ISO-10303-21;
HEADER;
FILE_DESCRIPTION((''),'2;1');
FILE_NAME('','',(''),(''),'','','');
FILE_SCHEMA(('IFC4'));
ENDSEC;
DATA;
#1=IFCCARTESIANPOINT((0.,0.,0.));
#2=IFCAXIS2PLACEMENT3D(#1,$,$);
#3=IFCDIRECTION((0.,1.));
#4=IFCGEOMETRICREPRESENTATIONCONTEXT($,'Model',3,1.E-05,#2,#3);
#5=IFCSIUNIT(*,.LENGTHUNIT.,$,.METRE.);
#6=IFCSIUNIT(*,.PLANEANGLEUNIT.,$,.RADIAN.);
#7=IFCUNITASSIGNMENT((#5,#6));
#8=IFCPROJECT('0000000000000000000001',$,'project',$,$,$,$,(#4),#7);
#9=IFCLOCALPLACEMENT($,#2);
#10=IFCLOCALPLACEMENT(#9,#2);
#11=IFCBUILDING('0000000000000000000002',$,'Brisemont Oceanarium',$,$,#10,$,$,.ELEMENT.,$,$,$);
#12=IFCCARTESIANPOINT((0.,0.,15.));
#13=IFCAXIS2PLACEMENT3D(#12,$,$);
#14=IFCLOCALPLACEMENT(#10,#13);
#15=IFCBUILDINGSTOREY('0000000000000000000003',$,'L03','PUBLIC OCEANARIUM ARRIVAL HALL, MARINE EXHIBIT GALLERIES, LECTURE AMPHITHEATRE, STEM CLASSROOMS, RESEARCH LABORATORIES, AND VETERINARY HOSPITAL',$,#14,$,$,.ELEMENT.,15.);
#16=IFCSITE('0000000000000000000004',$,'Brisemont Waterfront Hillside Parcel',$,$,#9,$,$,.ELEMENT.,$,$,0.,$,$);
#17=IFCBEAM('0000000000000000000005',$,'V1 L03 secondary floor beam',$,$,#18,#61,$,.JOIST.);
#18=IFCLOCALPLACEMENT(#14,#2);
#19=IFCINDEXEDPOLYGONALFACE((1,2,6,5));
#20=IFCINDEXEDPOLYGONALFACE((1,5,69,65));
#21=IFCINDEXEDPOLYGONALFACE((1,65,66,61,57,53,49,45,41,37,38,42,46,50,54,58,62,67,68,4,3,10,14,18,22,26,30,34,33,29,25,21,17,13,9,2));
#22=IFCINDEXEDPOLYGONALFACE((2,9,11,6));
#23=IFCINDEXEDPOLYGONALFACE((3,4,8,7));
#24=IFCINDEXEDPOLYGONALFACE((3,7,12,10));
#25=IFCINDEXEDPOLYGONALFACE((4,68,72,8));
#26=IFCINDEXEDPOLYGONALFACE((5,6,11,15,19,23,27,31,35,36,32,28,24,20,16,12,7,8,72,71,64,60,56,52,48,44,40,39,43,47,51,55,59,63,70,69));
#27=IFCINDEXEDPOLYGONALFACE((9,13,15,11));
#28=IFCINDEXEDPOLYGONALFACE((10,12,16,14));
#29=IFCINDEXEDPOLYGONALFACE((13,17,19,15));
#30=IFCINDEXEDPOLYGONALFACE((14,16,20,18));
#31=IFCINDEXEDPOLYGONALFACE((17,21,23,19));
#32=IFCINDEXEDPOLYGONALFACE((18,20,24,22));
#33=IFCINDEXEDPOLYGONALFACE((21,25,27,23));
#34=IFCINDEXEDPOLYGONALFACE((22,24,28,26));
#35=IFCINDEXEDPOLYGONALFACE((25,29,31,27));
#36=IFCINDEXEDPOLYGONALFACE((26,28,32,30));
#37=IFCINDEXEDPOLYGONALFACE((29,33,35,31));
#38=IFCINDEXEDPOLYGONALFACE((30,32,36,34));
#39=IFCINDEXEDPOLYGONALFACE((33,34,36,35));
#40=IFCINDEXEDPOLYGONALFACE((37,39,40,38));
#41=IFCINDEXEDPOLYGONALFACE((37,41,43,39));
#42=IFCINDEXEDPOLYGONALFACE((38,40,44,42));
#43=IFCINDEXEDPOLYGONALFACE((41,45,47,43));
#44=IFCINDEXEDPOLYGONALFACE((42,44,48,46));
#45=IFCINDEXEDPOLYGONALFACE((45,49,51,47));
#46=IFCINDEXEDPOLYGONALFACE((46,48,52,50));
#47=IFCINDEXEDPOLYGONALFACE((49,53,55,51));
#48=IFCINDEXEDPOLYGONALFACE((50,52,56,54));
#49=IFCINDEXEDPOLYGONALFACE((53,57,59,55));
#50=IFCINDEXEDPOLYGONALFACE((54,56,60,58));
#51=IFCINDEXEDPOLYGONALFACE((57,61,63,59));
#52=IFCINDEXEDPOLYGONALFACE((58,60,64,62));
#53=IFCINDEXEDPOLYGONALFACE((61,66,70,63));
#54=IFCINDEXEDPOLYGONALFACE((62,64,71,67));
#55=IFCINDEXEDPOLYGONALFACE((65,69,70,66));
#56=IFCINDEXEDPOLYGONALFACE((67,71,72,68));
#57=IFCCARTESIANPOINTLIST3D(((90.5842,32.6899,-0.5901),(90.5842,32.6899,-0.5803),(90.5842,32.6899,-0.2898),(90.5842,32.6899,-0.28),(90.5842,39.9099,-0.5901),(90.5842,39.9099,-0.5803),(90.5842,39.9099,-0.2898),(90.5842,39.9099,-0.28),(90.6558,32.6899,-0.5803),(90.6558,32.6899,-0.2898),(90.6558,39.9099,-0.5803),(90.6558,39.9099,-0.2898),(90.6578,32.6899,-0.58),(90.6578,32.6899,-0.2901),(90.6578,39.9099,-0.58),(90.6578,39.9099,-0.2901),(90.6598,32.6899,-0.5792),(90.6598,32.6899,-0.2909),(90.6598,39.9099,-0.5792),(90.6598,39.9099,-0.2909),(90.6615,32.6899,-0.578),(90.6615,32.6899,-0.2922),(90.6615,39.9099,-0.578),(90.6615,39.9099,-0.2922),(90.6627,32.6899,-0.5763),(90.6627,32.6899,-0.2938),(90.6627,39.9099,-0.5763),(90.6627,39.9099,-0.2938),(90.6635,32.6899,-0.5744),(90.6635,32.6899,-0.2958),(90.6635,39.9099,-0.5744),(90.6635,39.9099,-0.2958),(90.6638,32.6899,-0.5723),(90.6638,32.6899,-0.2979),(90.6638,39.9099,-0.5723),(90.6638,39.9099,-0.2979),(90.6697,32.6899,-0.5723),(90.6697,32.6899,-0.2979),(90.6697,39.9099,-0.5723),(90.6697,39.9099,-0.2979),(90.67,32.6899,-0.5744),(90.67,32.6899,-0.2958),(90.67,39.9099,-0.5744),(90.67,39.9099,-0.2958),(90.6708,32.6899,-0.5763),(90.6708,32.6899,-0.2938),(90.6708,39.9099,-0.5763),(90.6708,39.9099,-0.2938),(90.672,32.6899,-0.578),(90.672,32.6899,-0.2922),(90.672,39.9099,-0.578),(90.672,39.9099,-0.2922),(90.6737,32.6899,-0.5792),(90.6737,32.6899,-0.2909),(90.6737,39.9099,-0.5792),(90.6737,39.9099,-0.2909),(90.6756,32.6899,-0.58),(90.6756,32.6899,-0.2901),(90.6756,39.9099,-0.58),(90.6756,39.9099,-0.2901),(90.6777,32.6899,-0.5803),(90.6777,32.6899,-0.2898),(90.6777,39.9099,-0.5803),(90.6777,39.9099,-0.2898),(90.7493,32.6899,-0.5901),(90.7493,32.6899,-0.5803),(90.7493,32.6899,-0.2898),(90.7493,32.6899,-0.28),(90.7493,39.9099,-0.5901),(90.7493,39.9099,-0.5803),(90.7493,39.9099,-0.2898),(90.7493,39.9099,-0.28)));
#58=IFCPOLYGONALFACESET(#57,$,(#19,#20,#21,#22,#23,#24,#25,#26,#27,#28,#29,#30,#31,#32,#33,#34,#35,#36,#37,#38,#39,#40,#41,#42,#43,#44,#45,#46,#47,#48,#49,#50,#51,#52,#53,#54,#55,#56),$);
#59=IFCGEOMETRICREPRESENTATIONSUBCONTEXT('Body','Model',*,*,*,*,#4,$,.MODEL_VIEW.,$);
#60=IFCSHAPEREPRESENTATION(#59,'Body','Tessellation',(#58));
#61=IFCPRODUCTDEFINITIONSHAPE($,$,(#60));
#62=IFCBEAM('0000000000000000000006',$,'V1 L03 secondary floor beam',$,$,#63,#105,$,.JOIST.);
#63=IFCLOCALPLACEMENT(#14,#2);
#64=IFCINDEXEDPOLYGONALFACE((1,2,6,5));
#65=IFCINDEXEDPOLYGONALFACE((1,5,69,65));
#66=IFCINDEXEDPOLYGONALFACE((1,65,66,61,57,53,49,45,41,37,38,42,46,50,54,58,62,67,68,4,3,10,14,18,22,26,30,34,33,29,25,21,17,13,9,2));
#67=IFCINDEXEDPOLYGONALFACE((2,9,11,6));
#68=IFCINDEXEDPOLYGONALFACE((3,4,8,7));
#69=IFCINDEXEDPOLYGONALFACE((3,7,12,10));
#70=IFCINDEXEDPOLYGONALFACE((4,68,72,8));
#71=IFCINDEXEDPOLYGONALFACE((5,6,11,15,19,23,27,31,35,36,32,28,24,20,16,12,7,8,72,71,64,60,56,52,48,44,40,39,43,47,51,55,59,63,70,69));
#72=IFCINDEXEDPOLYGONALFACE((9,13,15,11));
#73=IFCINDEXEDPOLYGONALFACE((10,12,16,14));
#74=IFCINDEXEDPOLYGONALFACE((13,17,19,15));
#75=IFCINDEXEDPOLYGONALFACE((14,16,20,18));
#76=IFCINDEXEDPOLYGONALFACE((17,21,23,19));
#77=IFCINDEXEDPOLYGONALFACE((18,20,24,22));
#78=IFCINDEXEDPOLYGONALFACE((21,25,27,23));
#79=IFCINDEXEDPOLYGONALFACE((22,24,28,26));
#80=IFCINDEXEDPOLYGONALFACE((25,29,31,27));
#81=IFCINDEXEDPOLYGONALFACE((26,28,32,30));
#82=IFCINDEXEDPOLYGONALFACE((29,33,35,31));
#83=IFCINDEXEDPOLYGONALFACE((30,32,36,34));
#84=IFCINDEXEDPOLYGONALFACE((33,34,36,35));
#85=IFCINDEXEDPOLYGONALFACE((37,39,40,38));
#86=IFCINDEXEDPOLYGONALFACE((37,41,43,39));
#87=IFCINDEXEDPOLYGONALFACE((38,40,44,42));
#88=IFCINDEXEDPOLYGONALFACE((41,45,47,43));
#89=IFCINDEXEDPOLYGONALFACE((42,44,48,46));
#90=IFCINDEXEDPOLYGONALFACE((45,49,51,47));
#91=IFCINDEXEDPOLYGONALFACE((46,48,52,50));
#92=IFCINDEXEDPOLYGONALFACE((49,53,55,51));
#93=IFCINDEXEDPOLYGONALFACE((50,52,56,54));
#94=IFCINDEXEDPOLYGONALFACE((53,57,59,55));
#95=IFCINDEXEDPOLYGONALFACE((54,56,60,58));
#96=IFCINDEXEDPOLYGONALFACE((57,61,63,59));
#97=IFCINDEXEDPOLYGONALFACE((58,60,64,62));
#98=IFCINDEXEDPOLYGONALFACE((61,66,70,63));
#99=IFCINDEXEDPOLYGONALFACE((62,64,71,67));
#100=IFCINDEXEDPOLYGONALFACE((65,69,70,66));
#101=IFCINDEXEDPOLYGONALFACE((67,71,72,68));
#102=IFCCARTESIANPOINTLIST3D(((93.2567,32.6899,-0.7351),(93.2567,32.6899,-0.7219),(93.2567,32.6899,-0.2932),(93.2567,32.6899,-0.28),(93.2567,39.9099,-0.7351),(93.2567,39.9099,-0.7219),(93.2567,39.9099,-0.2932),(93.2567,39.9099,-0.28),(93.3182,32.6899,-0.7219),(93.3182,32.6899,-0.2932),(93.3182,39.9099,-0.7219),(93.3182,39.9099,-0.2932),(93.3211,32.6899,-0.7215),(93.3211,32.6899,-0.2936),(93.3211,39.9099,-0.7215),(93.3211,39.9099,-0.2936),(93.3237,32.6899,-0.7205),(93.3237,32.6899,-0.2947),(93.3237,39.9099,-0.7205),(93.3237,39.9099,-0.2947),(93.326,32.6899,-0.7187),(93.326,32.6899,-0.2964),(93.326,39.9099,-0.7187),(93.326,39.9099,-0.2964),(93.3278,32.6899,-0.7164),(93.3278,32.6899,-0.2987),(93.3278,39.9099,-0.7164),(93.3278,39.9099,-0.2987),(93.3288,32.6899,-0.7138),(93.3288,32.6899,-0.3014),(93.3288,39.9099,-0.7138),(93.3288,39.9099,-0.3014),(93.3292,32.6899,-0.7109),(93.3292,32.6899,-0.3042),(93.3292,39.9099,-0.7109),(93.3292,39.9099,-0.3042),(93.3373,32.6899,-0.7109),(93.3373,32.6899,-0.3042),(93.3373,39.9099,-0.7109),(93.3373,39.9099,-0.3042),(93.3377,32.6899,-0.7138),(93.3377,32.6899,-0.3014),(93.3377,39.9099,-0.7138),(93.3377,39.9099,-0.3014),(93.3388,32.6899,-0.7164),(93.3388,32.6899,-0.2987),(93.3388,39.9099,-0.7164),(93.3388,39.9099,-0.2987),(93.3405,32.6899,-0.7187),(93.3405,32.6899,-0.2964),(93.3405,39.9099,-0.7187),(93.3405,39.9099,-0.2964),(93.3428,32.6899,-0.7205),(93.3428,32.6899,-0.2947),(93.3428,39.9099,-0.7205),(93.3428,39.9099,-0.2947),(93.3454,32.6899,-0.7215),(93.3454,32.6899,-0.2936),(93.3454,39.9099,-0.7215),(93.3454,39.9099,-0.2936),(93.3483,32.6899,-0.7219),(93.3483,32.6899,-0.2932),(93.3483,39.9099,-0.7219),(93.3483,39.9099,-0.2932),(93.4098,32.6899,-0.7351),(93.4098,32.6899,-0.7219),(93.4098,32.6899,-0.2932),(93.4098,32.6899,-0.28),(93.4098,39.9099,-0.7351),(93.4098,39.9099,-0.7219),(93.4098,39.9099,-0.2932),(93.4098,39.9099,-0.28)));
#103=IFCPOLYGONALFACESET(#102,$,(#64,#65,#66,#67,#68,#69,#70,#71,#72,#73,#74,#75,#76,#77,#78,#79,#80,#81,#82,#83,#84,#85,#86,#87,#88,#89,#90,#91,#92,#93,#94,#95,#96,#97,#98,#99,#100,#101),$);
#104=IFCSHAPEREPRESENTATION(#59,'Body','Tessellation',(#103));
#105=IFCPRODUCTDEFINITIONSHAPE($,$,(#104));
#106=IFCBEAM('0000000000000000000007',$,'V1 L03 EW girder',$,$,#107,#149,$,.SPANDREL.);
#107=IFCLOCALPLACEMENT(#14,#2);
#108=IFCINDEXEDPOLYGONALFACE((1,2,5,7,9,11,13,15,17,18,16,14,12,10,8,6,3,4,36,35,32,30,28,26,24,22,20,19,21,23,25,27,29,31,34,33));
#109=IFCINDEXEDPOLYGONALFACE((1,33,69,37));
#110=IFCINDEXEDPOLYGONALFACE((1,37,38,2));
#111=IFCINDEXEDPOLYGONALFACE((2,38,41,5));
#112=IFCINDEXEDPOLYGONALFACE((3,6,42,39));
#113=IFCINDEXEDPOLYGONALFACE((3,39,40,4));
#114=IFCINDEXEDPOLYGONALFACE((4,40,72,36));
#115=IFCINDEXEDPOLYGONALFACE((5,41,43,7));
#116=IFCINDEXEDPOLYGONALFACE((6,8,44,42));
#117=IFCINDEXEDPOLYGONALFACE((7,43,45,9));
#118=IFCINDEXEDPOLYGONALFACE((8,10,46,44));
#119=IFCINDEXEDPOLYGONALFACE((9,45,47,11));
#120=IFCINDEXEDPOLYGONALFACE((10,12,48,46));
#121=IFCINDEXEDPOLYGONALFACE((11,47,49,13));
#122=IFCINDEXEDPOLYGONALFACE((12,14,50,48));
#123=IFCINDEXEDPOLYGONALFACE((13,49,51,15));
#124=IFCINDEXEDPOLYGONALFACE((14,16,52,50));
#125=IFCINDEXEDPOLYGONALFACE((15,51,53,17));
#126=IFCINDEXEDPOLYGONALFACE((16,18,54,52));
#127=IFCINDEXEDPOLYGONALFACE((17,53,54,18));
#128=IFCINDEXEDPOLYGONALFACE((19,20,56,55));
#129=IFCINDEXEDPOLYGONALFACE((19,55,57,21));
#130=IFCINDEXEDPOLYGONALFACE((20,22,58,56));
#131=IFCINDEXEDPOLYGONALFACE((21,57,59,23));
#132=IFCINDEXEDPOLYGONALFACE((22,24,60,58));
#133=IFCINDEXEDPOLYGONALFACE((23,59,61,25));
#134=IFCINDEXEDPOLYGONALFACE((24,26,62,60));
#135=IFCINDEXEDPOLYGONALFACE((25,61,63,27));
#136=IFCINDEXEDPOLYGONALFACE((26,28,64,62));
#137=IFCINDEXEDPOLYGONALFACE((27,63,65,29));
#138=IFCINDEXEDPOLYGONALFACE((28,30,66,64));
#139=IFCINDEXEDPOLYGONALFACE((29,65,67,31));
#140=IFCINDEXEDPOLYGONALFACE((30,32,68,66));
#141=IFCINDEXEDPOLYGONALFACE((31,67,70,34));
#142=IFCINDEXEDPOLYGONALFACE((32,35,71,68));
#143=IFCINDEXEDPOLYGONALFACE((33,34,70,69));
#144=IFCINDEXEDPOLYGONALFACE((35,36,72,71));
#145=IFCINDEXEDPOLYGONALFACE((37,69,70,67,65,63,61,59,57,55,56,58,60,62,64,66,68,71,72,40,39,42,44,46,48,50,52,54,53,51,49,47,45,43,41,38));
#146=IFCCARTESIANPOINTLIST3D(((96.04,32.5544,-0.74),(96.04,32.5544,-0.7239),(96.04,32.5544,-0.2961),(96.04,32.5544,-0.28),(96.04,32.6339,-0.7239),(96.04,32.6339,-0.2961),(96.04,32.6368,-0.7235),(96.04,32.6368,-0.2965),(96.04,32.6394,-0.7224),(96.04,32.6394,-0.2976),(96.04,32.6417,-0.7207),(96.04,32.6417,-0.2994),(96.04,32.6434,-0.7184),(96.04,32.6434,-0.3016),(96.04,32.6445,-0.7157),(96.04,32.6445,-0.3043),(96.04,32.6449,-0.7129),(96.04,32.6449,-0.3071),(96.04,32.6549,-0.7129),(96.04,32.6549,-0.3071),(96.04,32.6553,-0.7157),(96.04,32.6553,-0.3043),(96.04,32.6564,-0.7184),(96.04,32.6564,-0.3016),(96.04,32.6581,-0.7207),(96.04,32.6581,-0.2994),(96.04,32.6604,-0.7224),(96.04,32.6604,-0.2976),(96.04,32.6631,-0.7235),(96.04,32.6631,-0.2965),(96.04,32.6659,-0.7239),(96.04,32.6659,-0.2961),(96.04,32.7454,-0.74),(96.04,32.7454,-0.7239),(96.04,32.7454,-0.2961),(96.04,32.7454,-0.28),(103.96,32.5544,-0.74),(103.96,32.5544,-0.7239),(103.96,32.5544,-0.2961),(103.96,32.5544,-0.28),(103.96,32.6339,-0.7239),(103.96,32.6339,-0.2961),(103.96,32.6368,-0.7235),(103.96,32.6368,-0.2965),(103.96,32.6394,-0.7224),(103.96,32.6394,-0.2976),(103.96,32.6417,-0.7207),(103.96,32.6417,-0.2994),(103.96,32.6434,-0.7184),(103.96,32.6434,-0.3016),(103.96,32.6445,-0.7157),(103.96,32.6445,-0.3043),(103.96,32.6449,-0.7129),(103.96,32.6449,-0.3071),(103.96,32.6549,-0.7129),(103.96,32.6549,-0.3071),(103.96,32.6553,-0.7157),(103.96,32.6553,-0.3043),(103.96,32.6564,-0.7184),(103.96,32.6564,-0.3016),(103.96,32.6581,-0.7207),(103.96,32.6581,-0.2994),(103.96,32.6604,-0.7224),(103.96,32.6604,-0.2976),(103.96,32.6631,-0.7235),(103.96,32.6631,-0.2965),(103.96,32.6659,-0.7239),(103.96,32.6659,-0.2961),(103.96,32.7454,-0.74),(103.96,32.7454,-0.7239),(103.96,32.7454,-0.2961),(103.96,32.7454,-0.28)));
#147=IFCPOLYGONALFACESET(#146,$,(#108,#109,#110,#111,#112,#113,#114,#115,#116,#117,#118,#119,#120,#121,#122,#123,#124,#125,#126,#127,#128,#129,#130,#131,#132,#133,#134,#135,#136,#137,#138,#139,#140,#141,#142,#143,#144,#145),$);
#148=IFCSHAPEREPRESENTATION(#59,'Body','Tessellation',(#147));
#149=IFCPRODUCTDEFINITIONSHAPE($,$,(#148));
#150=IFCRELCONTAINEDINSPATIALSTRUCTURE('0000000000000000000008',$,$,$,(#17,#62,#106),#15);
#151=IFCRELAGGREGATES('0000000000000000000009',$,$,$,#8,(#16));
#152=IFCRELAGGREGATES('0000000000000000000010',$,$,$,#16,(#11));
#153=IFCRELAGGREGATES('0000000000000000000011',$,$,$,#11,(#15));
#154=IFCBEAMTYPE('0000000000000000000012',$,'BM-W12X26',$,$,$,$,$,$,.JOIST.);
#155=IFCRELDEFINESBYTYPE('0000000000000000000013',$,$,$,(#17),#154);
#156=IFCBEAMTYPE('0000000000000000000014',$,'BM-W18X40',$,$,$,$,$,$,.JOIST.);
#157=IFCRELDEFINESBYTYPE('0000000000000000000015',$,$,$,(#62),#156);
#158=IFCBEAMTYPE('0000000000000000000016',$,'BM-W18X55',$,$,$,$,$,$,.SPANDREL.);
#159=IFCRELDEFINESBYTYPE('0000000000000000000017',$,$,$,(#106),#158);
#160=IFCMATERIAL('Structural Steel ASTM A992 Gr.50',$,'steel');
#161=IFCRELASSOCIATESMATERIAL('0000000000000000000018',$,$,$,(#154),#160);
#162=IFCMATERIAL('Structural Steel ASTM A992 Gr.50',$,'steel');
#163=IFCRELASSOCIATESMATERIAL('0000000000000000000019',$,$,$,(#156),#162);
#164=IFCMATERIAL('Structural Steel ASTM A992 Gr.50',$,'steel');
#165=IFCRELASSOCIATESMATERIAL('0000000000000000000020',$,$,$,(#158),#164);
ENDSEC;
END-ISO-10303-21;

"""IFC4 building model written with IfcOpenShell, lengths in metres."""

from ifc_helpers import new_model, si_unit, direction, frame, origin, origin_2d, place, context, subcontext, project, spatial, i_section, extrude, material, material_profile, profile_set, type_object, element, save


model = new_model("IFC4")

# Units and contexts
model_context = context("Model", 3, precision=1e-05, world=origin(), true_north=direction((0.0, 1.0)))
body_context = subcontext(model_context, "Body", "Model", "MODEL_VIEW")
ifc_project = project(units=[si_unit("LENGTHUNIT", "METRE"), si_unit("PLANEANGLEUNIT", "RADIAN")], contexts=[model_context])

# Site, building, storey
site_placement = place(None, origin())
site = spatial("IfcSite", under=ifc_project, at=site_placement, Name="Brisemont Waterfront Hillside Parcel", CompositionType="ELEMENT", RefElevation=0.0)
building_placement = place(site_placement, origin())
building = spatial("IfcBuilding", under=site, at=building_placement, Name="Brisemont Oceanarium", CompositionType="ELEMENT")
storey_placement = place(building_placement, frame((0.0, 0.0, 15.0)))
storey = spatial("IfcBuildingStorey", under=building, at=storey_placement, Name="L03", Description="PUBLIC OCEANARIUM ARRIVAL HALL, MARINE EXHIBIT GALLERIES, LECTURE AMPHITHEATRE, STEM CLASSROOMS, RESEARCH LABORATORIES, AND VETERINARY HOSPITAL", CompositionType="ELEMENT", Elevation=15.0)

# Beams
ifc_material_1 = material(Name="Structural Steel ASTM A992 Gr.50", Category="steel")
ifc_material_profile_1 = material_profile(ifc_material_1, i_section(OverallWidth=0.165, OverallDepth=0.3101, WebThickness=0.0059, FlangeThickness=0.0098, FilletRadius=0.0081, at=origin_2d()), Name="W12X26")
ifc_profile_set_1 = profile_set([ifc_material_profile_1], Name="Structural Steel ASTM A992 Gr.50")
beam_type_1 = type_object("IfcBeamType", Name="BM-W12X26", PredefinedType="JOIST", material=ifc_profile_set_1)
beam_1_placement = place(storey_placement, frame((90.6667, 32.6899, -0.4351), z_axis=(0.0, 1.0, 0.0), x_axis=(-1.0, 0.0, 0.0)))
element("IfcBeam", 1, at=beam_1_placement, inside=storey, type_object=beam_type_1, Name="V1 L03 secondary floor beam", PredefinedType="JOIST", context=body_context, shape_type="SweptSolid", body=[
    extrude(i_section(OverallWidth=0.165, OverallDepth=0.3101, WebThickness=0.0059, FlangeThickness=0.0098, FilletRadius=0.0081, at=origin_2d()), origin(), (0.0, 0.0, 1.0), 7.22),
])
ifc_material_2 = material(Name="Structural Steel ASTM A992 Gr.50", Category="steel")
ifc_material_profile_2 = material_profile(ifc_material_2, i_section(OverallWidth=0.1531, OverallDepth=0.4551, WebThickness=0.0081, FlangeThickness=0.0132, FilletRadius=0.011, at=origin_2d()), Name="W18X40")
ifc_profile_set_2 = profile_set([ifc_material_profile_2], Name="Structural Steel ASTM A992 Gr.50")
beam_type_2 = type_object("IfcBeamType", Name="BM-W18X40", PredefinedType="JOIST", material=ifc_profile_set_2)
beam_2_placement = place(storey_placement, frame((93.3333, 32.6899, -0.5076), z_axis=(0.0, 1.0, 0.0), x_axis=(-1.0, 0.0, 0.0)))
element("IfcBeam", 2, at=beam_2_placement, inside=storey, type_object=beam_type_2, Name="V1 L03 secondary floor beam", PredefinedType="JOIST", context=body_context, shape_type="SweptSolid", body=[
    extrude(i_section(OverallWidth=0.1531, OverallDepth=0.4551, WebThickness=0.0081, FlangeThickness=0.0132, FilletRadius=0.011, at=origin_2d()), origin(), (0.0, 0.0, 1.0), 7.22),
])
ifc_material_3 = material(Name="Structural Steel ASTM A992 Gr.50", Category="steel")
ifc_material_profile_3 = material_profile(ifc_material_3, i_section(OverallWidth=0.1909, OverallDepth=0.46, WebThickness=0.01, FlangeThickness=0.0161, FilletRadius=0.011, at=origin_2d()), Name="W18X55")
ifc_profile_set_3 = profile_set([ifc_material_profile_3], Name="Structural Steel ASTM A992 Gr.50")
beam_type_3 = type_object("IfcBeamType", Name="BM-W18X55", PredefinedType="SPANDREL", material=ifc_profile_set_3)
beam_3_placement = place(storey_placement, frame((96.04, 32.6499, -0.51), z_axis=(1.0, 0.0, 0.0), x_axis=(0.0, 1.0, 0.0)))
element("IfcBeam", 3, at=beam_3_placement, inside=storey, type_object=beam_type_3, Name="V1 L03 EW girder", PredefinedType="SPANDREL", context=body_context, shape_type="SweptSolid", body=[
    extrude(i_section(OverallWidth=0.1909, OverallDepth=0.46, WebThickness=0.01, FlangeThickness=0.0161, FilletRadius=0.011, at=origin_2d()), origin(), (0.0, 0.0, 1.0), 7.9199),
])

save(model, "model.ifc")
